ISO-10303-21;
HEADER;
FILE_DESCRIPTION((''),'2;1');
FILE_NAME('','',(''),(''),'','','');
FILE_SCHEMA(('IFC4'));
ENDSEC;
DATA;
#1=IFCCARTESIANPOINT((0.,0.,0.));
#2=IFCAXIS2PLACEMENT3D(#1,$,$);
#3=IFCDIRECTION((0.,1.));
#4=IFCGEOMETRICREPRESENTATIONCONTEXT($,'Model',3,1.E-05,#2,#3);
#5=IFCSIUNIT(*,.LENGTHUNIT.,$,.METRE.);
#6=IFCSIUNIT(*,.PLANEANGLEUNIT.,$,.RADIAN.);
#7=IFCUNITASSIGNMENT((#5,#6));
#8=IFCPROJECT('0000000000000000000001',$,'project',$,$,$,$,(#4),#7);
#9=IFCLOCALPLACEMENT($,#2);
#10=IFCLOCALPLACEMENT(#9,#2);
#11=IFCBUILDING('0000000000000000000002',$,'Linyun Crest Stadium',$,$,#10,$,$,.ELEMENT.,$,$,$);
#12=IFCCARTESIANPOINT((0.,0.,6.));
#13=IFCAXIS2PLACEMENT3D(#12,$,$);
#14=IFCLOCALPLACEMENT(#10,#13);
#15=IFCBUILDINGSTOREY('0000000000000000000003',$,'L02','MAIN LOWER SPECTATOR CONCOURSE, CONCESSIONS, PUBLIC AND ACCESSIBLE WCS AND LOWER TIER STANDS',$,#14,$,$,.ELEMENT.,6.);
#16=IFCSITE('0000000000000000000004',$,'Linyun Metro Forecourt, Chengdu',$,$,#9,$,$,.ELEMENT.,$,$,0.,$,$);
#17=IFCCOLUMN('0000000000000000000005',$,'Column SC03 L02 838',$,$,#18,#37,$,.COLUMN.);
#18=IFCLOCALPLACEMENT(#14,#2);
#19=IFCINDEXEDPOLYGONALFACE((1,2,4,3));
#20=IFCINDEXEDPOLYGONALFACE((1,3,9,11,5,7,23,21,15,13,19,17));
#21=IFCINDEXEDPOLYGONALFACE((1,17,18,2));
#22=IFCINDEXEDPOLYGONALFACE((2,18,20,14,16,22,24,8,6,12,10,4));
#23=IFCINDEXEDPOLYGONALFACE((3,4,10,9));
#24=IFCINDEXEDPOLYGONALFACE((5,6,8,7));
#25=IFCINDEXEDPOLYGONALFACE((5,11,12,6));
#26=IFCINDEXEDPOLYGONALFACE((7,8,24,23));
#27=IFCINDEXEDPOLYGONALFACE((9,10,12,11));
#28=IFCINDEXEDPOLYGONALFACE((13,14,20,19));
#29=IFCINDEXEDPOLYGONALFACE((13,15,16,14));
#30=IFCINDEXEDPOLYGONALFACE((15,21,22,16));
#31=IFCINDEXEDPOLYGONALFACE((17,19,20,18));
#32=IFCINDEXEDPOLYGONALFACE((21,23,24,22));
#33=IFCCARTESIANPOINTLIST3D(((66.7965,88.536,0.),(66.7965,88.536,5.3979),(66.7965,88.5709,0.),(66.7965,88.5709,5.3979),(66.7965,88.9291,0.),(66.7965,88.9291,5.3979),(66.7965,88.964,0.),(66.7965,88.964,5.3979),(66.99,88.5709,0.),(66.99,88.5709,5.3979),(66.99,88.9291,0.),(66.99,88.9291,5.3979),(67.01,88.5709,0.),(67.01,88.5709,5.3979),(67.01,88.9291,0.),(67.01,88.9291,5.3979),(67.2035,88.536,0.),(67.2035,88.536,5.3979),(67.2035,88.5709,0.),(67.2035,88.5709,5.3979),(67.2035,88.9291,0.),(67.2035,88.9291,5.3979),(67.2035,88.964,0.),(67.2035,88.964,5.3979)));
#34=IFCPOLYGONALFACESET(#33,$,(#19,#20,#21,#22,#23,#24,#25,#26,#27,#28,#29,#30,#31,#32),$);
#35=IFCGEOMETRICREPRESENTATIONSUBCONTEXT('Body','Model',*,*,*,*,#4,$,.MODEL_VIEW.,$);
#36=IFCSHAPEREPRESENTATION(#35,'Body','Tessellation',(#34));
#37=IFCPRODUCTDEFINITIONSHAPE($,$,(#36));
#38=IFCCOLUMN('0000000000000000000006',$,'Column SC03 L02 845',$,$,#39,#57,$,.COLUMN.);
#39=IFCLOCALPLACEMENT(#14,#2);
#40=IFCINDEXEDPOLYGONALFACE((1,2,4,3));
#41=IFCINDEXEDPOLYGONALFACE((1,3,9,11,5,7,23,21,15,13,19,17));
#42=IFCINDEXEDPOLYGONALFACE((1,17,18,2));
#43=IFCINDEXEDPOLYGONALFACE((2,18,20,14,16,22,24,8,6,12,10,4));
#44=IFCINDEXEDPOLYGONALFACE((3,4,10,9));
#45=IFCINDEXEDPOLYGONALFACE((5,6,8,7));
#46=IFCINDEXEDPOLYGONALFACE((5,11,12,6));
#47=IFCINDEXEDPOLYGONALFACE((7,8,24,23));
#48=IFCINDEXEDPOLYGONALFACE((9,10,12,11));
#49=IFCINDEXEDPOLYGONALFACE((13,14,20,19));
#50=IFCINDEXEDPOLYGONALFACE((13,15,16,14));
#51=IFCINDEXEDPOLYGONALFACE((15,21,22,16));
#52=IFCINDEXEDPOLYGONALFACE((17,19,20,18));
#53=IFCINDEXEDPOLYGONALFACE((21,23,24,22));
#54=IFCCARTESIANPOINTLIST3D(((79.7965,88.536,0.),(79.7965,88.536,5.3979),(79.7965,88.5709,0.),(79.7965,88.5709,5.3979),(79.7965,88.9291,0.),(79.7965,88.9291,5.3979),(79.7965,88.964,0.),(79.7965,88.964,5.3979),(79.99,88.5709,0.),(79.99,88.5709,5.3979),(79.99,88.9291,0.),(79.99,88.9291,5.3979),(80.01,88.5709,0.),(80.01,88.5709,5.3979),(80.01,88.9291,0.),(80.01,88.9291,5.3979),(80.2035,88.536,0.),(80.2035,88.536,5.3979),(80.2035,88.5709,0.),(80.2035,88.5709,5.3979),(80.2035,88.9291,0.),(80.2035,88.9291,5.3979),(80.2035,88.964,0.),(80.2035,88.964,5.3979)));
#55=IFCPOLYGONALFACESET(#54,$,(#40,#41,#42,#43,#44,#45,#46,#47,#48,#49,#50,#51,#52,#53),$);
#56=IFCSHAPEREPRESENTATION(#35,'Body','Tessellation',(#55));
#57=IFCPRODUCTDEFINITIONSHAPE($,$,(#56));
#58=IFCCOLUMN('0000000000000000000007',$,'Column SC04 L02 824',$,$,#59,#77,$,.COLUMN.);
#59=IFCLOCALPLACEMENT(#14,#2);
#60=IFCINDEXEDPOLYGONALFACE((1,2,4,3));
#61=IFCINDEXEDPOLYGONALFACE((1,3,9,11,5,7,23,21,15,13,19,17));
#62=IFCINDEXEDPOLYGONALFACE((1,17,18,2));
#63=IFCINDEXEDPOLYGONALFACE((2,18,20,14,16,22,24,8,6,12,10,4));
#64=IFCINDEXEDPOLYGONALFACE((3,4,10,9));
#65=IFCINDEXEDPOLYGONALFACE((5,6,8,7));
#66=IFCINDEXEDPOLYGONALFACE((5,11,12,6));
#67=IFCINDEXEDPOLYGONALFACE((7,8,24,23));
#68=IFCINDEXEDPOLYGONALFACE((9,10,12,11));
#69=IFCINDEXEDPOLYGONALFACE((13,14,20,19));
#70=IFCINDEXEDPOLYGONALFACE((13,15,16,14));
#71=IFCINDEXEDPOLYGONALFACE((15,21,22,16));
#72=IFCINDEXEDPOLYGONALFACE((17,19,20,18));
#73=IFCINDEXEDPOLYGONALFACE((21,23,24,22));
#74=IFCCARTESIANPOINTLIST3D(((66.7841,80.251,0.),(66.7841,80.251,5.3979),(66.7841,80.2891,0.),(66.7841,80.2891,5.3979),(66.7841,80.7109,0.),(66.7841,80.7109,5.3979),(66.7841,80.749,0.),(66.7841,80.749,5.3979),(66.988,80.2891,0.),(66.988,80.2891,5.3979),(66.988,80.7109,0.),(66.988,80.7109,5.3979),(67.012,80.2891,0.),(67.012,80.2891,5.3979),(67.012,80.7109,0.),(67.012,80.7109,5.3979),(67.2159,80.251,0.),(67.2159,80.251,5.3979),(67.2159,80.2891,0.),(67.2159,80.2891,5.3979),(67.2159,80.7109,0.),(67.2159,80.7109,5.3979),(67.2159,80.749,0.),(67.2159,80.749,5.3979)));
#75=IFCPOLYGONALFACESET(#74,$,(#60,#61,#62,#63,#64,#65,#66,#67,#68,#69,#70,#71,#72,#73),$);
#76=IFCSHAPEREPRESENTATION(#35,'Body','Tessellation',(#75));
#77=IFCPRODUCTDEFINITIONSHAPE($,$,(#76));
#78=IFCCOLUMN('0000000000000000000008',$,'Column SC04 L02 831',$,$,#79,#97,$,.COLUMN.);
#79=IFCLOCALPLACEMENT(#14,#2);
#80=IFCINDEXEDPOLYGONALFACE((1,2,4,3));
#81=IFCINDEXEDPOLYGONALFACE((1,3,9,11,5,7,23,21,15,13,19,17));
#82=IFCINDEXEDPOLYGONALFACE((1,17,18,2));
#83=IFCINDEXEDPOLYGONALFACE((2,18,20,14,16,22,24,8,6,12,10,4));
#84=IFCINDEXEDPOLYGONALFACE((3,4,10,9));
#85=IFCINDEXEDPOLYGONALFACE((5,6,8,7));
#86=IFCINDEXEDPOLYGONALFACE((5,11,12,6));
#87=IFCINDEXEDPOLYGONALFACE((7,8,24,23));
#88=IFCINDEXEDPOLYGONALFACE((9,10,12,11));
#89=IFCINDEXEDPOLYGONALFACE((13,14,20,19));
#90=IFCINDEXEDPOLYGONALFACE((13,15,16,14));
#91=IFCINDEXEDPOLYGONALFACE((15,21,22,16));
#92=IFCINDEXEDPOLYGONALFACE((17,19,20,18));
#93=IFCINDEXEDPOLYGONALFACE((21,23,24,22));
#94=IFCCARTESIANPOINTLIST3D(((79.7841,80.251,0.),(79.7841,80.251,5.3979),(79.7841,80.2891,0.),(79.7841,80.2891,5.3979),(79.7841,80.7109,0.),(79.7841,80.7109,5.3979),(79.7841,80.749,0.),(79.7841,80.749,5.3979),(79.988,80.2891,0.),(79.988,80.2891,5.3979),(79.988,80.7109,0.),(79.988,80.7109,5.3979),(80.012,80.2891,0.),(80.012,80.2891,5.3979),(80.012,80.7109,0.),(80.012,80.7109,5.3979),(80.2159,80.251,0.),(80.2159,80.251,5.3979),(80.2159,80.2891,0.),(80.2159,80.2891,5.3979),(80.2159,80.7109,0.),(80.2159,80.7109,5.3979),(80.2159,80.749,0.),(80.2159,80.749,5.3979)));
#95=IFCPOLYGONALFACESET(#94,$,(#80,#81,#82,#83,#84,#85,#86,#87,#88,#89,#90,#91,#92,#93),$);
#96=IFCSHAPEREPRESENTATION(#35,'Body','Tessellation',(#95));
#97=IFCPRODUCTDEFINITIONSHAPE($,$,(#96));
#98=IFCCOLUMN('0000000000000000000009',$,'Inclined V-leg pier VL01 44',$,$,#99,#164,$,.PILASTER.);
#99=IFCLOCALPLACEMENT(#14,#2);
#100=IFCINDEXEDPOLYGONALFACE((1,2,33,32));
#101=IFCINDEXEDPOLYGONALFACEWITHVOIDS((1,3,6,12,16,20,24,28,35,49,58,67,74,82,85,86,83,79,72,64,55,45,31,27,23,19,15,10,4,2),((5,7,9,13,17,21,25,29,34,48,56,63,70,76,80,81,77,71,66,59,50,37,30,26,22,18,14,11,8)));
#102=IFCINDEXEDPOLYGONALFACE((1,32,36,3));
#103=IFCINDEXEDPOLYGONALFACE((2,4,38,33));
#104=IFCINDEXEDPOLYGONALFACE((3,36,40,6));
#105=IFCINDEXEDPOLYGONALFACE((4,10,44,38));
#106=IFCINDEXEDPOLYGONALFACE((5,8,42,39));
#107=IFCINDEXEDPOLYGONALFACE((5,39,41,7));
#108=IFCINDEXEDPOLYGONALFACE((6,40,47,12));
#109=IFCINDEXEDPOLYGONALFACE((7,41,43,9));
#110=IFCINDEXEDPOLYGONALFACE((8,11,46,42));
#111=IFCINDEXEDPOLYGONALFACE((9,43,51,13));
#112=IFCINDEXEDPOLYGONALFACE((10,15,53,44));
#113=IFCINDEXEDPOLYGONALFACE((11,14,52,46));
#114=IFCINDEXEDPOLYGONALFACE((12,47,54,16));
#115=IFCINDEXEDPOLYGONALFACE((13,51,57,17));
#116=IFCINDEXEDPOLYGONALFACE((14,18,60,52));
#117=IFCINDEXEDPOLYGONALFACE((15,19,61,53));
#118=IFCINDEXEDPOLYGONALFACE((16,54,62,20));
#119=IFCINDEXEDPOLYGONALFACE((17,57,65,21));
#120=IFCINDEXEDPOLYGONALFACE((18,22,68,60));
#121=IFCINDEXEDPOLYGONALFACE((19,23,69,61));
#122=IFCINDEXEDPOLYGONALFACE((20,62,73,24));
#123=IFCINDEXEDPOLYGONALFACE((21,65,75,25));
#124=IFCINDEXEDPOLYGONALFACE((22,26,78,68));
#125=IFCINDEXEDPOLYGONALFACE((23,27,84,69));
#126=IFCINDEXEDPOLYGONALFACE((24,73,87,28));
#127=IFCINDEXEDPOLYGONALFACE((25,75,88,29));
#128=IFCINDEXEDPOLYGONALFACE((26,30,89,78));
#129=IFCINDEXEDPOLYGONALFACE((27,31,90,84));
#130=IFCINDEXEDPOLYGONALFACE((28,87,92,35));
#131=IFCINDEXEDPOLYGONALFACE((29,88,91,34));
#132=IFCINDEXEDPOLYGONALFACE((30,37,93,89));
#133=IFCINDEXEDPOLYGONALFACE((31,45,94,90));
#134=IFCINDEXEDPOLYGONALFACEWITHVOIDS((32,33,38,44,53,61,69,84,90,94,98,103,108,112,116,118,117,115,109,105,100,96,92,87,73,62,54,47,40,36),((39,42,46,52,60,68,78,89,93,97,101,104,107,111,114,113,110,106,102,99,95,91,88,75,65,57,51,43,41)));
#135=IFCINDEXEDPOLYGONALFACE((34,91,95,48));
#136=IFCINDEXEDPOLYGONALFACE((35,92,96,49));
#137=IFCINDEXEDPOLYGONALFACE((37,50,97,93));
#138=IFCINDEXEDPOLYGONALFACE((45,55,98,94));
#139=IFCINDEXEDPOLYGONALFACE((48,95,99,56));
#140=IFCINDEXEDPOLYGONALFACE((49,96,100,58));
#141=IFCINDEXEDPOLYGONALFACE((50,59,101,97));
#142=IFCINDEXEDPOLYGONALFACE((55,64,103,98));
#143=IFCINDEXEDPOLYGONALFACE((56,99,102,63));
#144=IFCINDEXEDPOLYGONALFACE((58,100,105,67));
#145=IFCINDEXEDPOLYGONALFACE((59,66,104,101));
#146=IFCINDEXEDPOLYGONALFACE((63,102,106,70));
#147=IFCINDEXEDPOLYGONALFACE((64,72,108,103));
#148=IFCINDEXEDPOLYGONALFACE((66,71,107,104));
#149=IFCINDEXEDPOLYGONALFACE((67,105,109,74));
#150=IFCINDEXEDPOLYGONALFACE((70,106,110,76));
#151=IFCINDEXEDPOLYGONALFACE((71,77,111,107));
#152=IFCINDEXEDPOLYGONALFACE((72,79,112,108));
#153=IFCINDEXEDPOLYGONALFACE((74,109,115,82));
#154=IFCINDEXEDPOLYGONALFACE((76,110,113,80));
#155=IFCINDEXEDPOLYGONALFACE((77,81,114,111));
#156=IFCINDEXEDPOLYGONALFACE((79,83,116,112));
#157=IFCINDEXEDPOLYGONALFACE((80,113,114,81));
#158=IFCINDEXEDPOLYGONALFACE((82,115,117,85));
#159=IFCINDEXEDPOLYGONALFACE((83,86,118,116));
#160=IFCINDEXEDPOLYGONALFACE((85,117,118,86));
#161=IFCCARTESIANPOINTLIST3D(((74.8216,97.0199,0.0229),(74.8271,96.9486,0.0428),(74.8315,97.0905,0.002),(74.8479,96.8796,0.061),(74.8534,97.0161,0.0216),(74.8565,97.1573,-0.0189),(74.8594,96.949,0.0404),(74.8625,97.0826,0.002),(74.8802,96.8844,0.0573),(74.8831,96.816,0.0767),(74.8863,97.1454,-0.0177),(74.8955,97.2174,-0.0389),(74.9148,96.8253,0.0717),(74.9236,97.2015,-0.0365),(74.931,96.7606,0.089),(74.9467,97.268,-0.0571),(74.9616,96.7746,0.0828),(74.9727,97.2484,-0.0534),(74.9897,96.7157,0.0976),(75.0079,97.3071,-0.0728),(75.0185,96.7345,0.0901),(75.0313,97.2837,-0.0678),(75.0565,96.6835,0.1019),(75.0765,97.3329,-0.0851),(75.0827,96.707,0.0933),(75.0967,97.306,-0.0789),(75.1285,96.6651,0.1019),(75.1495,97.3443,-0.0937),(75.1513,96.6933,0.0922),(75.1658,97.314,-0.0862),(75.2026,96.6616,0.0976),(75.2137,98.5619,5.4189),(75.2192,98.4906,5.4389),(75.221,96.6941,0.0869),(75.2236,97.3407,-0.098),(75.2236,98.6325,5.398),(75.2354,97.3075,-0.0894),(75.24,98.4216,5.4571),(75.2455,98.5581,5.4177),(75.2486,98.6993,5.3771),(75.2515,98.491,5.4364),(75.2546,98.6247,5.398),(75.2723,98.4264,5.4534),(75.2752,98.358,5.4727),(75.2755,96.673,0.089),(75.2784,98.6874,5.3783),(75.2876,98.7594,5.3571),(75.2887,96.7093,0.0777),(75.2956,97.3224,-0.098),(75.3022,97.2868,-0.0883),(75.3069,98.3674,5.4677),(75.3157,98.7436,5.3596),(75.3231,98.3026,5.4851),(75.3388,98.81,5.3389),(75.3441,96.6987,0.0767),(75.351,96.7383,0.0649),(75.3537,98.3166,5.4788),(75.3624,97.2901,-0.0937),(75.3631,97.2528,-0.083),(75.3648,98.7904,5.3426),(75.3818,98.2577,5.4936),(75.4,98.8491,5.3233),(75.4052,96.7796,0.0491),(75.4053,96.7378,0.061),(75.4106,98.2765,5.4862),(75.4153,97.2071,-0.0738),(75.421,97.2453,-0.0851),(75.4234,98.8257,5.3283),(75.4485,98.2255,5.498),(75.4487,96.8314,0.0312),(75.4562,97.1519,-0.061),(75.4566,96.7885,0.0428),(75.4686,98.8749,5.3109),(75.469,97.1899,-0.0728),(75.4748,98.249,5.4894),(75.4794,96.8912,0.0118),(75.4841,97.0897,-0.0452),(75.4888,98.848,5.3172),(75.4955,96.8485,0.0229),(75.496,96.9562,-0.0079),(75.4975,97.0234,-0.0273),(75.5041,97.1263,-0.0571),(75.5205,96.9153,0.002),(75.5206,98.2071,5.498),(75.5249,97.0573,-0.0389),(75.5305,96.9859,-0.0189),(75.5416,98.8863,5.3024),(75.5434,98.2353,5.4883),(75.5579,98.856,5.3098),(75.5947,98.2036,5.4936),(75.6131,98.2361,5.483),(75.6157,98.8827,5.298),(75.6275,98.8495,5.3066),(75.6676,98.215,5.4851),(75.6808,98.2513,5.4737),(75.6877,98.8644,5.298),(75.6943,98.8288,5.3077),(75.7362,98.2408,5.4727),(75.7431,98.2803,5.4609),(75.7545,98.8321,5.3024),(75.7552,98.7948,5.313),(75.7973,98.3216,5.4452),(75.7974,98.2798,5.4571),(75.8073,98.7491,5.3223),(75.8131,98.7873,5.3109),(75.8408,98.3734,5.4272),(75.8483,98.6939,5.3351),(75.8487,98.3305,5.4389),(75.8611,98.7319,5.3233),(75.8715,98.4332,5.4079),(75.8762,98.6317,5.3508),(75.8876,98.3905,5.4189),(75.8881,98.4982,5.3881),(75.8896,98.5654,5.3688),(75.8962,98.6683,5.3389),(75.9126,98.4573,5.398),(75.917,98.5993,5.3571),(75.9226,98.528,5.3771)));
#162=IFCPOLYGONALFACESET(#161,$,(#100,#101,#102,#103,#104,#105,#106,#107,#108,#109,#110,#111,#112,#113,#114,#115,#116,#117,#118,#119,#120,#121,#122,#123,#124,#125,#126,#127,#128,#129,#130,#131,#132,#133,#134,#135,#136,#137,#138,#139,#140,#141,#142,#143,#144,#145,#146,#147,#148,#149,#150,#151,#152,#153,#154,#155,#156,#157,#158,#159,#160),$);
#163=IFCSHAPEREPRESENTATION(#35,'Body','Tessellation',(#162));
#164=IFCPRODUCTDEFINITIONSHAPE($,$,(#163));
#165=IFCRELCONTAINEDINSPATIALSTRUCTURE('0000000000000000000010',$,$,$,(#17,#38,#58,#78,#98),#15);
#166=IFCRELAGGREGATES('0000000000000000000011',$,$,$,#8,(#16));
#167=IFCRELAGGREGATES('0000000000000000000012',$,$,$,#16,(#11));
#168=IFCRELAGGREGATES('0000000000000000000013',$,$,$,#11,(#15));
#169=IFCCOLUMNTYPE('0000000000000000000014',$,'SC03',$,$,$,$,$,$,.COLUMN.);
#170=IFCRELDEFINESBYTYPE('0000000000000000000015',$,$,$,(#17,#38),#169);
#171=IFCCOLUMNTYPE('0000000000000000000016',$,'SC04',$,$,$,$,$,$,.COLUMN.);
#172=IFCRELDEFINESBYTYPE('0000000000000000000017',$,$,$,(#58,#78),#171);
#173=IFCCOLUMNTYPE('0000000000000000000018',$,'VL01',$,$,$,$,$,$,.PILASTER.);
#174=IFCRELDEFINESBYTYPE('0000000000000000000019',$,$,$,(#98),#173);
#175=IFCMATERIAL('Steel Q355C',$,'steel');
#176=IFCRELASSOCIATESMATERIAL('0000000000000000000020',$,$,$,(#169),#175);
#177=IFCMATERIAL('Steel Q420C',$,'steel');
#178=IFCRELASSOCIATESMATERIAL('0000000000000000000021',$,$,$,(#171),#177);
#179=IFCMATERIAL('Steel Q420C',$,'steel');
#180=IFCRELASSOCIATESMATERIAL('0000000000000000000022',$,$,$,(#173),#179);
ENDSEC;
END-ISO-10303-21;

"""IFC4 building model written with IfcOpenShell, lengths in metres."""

from ifc_helpers import new_model, si_unit, direction, frame, origin, origin_2d, place, context, subcontext, project, spatial, hollow_circle, i_section, extrude, material, material_profile, profile_set, type_object, element, save


model = new_model("IFC4")

# Units and contexts
model_context = context("Model", 3, precision=1e-05, world=origin(), true_north=direction((0.0, 1.0)))
body_context = subcontext(model_context, "Body", "Model", "MODEL_VIEW")
ifc_project = project(units=[si_unit("LENGTHUNIT", "METRE"), si_unit("PLANEANGLEUNIT", "RADIAN")], contexts=[model_context])

# Site, building, storey
site_placement = place(None, origin())
site = spatial("IfcSite", under=ifc_project, at=site_placement, Name="Linyun Metro Forecourt, Chengdu", CompositionType="ELEMENT", RefElevation=0.0)
building_placement = place(site_placement, origin())
building = spatial("IfcBuilding", under=site, at=building_placement, Name="Linyun Crest Stadium", CompositionType="ELEMENT")
storey_placement = place(building_placement, frame((0.0, 0.0, 6.0)))
storey = spatial("IfcBuildingStorey", under=building, at=storey_placement, Name="L02", Description="MAIN LOWER SPECTATOR CONCOURSE, CONCESSIONS, PUBLIC AND ACCESSIBLE WCS AND LOWER TIER STANDS", CompositionType="ELEMENT", Elevation=6.0)

# Columns
ifc_material_1 = material(Name="Steel Q355C", Category="steel")
ifc_material_profile_1 = material_profile(ifc_material_1, i_section(OverallWidth=0.407, OverallDepth=0.428, WebThickness=0.02, FlangeThickness=0.0349, at=origin_2d()), Name="HW 428x407")
ifc_profile_set_1 = profile_set([ifc_material_profile_1], Name="Steel Q355C")
column_type_1 = type_object("IfcColumnType", Name="SC03", PredefinedType="COLUMN", material=ifc_profile_set_1)
for number, where, z_axis, x_axis, name in (
    (1, (67.0, 88.75, 0.0), (0.0, 0.0, 1.0), (1.0, 0.0, 0.0), "Column SC03 L02 838"),
    (2, (80.0, 88.75, 0.0), (0.0, 0.0, 1.0), (1.0, 0.0, 0.0), "Column SC03 L02 845"),
):
    element("IfcColumn", number, at=place(storey_placement, frame(where, z_axis=z_axis, x_axis=x_axis)), inside=storey, type_object=column_type_1, Name=name, PredefinedType="COLUMN", context=body_context, shape_type="SweptSolid", body=[
        extrude(i_section(OverallWidth=0.407, OverallDepth=0.428, WebThickness=0.02, FlangeThickness=0.0349, at=origin_2d()), origin(), (0.0, 0.0, 1.0), 5.3979),
    ])
ifc_material_2 = material(Name="Steel Q420C", Category="steel")
ifc_material_profile_2 = material_profile(ifc_material_2, i_section(OverallWidth=0.4319, OverallDepth=0.498, WebThickness=0.0239, FlangeThickness=0.0381, at=origin_2d()), Name="HW 498x432")
ifc_profile_set_2 = profile_set([ifc_material_profile_2], Name="Steel Q420C")
column_type_2 = type_object("IfcColumnType", Name="SC04", PredefinedType="COLUMN", material=ifc_profile_set_2)
for number, where, z_axis, x_axis, name in (
    (3, (67.0, 80.5, 0.0), (0.0, 0.0, 1.0), (1.0, 0.0, 0.0), "Column SC04 L02 824"),
    (4, (80.0, 80.5, 0.0), (0.0, 0.0, 1.0), (1.0, 0.0, 0.0), "Column SC04 L02 831"),
):
    element("IfcColumn", number, at=place(storey_placement, frame(where, z_axis=z_axis, x_axis=x_axis)), inside=storey, type_object=column_type_2, Name=name, PredefinedType="COLUMN", context=body_context, shape_type="SweptSolid", body=[
        extrude(i_section(OverallWidth=0.4319, OverallDepth=0.498, WebThickness=0.0239, FlangeThickness=0.0381, at=origin_2d()), origin(), (0.0, 0.0, 1.0), 5.3979),
    ])
ifc_material_3 = material(Name="Steel Q420C", Category="steel")
ifc_material_profile_3 = material_profile(ifc_material_3, hollow_circle(Radius=0.3555, WallThickness=0.032, at=origin_2d()), Name="CHS 711x32")
ifc_profile_set_3 = profile_set([ifc_material_profile_3], Name="Steel Q420C")
column_type_3 = type_object("IfcColumnType", Name="VL01", PredefinedType="PILASTER", material=ifc_profile_set_3)
column_1_placement = place(storey_placement, frame((75.176, 97.0029, 0.002), z_axis=(0.069696, 0.274099, 0.959173), x_axis=(-0.96916, 0.246433, 0.0)))
element("IfcColumn", 5, at=column_1_placement, inside=storey, type_object=column_type_3, Name="Inclined V-leg pier VL01 44", PredefinedType="PILASTER", context=body_context, shape_type="SweptSolid", body=[
    extrude(hollow_circle(Radius=0.3555, WallThickness=0.032, at=origin_2d()), origin(), (0.0, 0.0, 1.0), 5.6257),
])

save(model, "model.ifc")
